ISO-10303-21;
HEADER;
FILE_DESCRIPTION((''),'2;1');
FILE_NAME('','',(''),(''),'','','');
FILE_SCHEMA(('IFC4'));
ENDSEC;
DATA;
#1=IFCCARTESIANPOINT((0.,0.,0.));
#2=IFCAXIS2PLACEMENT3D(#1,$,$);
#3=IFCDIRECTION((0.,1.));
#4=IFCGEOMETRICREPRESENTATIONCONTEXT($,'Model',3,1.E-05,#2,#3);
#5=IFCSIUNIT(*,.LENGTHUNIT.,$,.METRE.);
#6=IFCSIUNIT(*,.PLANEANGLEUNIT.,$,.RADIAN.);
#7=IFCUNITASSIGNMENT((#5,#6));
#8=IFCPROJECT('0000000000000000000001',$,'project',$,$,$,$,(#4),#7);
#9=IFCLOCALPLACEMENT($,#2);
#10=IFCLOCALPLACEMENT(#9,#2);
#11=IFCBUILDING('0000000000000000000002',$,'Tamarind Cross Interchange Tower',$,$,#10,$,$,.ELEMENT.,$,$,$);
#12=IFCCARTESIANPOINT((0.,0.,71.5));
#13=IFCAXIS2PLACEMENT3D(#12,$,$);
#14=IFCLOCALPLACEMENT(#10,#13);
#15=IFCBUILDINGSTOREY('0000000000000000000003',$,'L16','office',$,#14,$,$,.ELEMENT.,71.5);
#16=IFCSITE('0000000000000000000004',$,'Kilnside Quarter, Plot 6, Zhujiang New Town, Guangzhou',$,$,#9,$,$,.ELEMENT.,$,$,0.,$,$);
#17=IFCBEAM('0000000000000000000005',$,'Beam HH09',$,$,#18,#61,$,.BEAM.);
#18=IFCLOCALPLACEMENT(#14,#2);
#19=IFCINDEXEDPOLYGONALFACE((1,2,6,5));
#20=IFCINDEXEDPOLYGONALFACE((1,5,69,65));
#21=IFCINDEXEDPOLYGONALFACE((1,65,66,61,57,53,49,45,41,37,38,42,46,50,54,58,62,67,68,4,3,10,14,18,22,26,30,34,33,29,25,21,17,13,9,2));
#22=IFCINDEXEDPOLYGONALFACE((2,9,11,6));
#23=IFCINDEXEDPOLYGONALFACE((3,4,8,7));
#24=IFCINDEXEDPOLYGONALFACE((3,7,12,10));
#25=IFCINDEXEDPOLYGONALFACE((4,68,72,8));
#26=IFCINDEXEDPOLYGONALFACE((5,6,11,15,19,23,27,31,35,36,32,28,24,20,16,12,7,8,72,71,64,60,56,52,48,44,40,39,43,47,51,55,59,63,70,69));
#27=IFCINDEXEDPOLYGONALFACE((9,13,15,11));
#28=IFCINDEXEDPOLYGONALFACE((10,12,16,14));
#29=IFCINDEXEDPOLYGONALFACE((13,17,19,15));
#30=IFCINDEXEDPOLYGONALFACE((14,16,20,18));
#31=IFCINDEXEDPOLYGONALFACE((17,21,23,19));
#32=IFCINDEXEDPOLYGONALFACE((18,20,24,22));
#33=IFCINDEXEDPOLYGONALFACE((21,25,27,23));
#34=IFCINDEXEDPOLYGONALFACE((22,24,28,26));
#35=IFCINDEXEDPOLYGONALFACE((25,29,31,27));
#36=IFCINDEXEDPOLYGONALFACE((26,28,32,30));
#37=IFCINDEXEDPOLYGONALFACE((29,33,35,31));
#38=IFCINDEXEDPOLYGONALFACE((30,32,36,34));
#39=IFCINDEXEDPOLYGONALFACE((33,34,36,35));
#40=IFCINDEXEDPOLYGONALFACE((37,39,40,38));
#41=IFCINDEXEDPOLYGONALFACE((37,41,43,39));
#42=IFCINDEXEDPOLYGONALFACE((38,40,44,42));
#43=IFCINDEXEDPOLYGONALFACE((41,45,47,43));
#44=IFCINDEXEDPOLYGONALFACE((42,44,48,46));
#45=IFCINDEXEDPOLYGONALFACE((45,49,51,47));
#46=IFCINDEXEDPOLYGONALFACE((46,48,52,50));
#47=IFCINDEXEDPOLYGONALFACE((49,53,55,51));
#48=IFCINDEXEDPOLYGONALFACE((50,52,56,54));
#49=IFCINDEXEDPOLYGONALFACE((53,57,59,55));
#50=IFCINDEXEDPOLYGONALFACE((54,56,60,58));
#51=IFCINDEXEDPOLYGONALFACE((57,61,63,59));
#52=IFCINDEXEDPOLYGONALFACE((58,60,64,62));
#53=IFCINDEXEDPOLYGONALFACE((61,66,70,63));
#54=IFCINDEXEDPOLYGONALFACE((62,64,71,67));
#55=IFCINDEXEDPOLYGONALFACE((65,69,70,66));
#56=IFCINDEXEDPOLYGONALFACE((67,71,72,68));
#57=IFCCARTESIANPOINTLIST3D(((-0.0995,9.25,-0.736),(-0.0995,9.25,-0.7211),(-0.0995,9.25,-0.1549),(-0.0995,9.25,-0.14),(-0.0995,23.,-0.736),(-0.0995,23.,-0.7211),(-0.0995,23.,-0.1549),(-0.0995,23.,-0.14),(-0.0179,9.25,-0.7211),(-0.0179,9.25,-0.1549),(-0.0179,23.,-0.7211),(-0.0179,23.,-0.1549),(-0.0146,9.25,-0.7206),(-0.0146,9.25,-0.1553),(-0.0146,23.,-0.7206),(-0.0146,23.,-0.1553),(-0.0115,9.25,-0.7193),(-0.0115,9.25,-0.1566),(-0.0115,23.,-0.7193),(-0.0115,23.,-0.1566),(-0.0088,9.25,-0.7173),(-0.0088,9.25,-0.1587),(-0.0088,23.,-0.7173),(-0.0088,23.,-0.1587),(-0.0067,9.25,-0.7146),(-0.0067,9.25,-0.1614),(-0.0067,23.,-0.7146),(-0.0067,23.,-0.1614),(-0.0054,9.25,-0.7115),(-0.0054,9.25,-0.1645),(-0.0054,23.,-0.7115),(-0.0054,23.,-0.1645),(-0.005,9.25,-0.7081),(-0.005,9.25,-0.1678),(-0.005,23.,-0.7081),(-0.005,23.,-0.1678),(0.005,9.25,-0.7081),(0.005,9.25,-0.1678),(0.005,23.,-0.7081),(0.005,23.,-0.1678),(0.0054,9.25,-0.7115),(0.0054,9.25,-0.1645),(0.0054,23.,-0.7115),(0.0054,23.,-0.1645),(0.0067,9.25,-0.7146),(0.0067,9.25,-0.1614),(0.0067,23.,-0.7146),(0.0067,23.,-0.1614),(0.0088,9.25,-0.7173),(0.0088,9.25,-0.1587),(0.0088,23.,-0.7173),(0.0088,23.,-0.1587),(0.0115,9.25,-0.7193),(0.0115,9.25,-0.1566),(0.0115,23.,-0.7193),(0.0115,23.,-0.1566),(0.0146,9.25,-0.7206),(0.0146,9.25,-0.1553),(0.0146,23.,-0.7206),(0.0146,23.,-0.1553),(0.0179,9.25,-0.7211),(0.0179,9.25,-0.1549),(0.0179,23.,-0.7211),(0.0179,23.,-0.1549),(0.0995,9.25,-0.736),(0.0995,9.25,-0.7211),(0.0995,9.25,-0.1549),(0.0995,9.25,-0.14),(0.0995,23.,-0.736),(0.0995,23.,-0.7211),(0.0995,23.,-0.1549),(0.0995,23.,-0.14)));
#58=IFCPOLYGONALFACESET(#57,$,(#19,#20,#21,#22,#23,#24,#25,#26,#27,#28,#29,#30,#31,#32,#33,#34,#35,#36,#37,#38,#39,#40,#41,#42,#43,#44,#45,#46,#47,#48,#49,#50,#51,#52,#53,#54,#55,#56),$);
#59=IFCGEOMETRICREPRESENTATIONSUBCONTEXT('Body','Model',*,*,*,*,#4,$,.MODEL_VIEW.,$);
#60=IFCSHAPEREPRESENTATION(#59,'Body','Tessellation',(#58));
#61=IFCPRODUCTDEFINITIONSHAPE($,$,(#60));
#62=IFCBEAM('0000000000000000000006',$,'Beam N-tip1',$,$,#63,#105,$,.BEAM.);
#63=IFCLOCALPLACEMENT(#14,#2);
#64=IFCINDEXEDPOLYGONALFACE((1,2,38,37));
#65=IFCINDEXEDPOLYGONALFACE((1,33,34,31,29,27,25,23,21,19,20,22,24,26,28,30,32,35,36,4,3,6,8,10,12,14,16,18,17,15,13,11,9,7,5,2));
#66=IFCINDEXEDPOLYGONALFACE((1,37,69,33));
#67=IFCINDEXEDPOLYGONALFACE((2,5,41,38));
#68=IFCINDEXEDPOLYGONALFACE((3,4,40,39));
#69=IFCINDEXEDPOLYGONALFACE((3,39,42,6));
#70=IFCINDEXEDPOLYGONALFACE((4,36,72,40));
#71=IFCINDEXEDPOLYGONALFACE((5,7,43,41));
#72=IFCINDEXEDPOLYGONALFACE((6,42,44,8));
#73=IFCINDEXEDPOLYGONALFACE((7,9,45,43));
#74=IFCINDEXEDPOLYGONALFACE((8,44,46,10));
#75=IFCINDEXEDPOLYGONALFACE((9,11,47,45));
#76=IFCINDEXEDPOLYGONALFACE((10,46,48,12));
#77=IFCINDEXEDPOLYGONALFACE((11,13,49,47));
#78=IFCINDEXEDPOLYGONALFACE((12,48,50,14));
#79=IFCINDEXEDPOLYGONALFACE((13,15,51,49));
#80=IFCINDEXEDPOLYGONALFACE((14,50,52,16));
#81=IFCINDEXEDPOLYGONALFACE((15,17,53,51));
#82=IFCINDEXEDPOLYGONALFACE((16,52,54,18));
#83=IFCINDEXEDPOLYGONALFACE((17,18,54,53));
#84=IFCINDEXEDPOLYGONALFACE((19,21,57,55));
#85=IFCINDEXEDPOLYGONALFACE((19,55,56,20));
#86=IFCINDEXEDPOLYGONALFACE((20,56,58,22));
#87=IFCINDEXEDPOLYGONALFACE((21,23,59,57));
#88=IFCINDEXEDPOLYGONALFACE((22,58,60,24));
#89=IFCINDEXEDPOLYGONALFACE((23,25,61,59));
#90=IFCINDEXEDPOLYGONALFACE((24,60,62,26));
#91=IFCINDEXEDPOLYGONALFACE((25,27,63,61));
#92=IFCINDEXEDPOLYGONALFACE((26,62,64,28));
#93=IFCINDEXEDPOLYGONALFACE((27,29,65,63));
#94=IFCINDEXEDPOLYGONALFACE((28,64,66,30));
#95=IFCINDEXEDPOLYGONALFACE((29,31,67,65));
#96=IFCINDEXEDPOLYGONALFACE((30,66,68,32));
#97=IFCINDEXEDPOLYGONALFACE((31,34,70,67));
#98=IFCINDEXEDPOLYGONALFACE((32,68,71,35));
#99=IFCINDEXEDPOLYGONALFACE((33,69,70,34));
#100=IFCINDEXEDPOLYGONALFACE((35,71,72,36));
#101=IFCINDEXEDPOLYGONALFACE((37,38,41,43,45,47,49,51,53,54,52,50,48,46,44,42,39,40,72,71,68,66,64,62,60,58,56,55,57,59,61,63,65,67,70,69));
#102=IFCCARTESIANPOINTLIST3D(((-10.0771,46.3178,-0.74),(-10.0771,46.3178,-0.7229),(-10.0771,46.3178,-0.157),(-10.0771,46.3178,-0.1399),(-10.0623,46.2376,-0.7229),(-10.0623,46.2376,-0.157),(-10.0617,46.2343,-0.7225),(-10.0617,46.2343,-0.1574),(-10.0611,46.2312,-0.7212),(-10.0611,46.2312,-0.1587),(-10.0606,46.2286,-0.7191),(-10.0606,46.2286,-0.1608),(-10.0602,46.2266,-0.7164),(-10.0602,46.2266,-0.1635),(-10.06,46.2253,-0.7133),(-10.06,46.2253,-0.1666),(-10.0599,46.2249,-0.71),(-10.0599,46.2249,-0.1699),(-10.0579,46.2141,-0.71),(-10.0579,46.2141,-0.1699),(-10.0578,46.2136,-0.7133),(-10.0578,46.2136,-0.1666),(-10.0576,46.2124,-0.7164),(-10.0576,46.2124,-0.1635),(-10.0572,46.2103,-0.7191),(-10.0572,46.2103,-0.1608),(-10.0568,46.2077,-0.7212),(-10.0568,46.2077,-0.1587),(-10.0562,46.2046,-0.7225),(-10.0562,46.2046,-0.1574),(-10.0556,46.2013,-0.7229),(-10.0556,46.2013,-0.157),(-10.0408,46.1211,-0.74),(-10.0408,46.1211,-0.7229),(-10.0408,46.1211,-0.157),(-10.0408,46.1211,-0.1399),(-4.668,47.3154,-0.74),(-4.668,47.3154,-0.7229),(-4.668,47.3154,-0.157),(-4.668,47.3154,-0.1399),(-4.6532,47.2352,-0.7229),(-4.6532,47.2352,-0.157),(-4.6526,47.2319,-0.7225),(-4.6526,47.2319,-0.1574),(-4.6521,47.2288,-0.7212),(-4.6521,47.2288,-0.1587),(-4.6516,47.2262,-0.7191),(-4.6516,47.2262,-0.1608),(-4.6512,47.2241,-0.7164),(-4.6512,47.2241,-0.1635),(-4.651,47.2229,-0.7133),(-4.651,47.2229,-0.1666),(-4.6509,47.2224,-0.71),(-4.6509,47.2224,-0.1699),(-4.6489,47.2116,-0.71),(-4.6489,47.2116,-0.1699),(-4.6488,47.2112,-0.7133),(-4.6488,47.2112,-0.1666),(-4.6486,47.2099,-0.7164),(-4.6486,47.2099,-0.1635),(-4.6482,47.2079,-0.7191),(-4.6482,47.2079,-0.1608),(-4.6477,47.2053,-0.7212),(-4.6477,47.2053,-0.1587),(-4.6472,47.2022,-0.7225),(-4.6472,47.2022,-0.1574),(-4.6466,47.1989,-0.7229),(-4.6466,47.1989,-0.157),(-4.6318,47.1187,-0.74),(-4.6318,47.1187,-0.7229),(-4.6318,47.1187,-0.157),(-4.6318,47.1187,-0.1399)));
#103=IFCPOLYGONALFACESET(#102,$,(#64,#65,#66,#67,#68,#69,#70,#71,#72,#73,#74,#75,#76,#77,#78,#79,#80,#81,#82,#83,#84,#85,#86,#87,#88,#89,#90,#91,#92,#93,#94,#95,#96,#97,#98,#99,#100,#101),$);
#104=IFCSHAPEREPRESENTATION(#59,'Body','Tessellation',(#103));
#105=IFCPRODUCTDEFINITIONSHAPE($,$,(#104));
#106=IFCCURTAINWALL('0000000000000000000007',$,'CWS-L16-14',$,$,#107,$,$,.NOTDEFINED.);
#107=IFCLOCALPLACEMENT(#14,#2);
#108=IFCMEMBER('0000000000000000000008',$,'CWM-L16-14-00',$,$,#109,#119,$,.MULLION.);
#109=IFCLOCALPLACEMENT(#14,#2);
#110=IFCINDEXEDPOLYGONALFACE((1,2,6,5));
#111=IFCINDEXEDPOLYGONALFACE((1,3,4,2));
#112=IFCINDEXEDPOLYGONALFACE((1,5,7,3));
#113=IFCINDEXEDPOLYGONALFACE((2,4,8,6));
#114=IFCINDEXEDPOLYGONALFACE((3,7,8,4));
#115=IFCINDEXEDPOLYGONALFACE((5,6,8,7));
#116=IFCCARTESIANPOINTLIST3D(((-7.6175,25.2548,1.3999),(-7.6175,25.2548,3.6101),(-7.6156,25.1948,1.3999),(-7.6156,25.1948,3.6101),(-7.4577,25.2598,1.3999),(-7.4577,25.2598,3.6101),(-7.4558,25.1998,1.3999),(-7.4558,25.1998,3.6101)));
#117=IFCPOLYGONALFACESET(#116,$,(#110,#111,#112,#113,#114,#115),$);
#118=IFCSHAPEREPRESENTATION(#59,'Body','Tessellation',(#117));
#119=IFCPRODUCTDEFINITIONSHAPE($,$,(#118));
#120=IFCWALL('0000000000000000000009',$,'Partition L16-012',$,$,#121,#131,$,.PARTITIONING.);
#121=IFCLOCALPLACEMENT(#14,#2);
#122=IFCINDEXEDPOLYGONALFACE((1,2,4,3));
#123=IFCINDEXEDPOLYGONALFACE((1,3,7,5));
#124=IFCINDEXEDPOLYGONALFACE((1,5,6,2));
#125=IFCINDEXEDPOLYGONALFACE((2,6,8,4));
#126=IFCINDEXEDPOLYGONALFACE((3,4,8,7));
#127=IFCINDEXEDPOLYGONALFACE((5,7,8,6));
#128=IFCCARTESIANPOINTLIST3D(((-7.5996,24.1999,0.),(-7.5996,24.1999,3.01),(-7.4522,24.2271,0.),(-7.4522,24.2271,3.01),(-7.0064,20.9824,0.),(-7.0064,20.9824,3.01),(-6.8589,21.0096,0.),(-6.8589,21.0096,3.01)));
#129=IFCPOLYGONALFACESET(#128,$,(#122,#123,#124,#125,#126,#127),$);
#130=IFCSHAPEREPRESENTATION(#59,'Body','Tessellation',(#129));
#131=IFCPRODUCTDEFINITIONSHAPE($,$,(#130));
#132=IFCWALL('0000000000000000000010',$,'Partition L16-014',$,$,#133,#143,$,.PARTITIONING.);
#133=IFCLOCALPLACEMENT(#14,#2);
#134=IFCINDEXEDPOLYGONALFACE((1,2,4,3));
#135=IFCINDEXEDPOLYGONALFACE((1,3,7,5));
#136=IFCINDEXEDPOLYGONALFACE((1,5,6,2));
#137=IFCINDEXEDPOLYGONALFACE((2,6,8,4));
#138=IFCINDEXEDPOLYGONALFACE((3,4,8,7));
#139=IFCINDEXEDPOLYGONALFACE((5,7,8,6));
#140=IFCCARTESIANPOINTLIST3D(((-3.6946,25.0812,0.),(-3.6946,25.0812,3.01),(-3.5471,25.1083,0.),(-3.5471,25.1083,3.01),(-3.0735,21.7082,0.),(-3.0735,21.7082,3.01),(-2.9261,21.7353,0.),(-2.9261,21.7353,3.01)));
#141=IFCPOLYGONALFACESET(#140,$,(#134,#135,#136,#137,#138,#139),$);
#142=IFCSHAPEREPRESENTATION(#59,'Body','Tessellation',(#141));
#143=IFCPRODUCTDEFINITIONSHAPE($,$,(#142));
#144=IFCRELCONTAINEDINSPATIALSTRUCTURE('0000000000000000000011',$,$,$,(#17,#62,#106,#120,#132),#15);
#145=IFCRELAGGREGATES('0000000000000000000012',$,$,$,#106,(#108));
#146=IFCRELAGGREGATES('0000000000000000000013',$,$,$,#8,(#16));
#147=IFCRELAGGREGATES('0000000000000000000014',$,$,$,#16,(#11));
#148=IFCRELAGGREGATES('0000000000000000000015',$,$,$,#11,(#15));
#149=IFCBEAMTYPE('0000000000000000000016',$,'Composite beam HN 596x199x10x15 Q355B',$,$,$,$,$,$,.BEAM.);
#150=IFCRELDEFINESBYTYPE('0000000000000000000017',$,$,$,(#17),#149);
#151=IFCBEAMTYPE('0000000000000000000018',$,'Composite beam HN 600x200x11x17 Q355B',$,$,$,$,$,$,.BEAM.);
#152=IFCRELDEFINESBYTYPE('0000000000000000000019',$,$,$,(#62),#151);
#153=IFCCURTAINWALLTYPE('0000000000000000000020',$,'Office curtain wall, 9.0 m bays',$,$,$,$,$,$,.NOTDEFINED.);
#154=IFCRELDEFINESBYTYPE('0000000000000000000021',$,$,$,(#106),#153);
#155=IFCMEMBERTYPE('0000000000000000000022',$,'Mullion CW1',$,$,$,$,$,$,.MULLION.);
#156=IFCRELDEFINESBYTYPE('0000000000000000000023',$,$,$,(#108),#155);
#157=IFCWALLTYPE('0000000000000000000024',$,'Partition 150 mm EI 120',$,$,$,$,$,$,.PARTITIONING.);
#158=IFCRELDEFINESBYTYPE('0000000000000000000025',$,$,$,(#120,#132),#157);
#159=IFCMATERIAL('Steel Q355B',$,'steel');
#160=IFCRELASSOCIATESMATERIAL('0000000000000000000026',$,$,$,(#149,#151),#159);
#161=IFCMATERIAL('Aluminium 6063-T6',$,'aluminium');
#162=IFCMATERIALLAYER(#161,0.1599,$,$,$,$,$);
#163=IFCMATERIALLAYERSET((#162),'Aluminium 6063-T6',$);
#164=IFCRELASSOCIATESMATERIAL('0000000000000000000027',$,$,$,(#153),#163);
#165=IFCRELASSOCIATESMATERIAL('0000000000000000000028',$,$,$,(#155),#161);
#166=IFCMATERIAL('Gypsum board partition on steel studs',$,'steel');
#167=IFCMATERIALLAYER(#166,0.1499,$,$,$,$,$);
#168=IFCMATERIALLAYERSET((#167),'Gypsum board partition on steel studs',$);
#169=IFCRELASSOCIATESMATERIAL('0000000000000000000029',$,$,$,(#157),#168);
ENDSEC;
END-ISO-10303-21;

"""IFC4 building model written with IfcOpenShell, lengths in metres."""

from ifc_helpers import new_model, si_unit, direction, frame, frame_2d, origin, origin_2d, place, context, subcontext, project, spatial, rectangle, i_section, extrude, material, layer, layer_set, material_profile, profile_set, type_object, element, aggregate, save


model = new_model("IFC4")

# Units and contexts
model_context = context("Model", 3, precision=1e-05, world=origin(), true_north=direction((0.0, 1.0)))
body_context = subcontext(model_context, "Body", "Model", "MODEL_VIEW")
ifc_project = project(units=[si_unit("LENGTHUNIT", "METRE"), si_unit("PLANEANGLEUNIT", "RADIAN")], contexts=[model_context])

# Site, building, storey
site_placement = place(None, origin())
site = spatial("IfcSite", under=ifc_project, at=site_placement, Name="Kilnside Quarter, Plot 6, Zhujiang New Town, Guangzhou", CompositionType="ELEMENT", RefElevation=0.0)
building_placement = place(site_placement, origin())
building = spatial("IfcBuilding", under=site, at=building_placement, Name="Tamarind Cross Interchange Tower", CompositionType="ELEMENT")
storey_placement = place(building_placement, frame((0.0, 0.0, 71.5)))
storey = spatial("IfcBuildingStorey", under=building, at=storey_placement, Name="L16", Description="office", CompositionType="ELEMENT", Elevation=71.5)

# Beams
ifc_material_1 = material(Name="Steel Q355B", Category="steel")
ifc_material_profile_1 = material_profile(ifc_material_1, i_section(OverallWidth=0.199, OverallDepth=0.5959, WebThickness=0.01, FlangeThickness=0.0149, FilletRadius=0.0129, at=origin_2d()), Name="HN 596x199x10x15")
ifc_profile_set_1 = profile_set([ifc_material_profile_1], Name="Steel Q355B")
beam_type_1 = type_object("IfcBeamType", Name="Composite beam HN 596x199x10x15 Q355B", PredefinedType="BEAM", material=ifc_profile_set_1)
beam_1_placement = place(storey_placement, frame((0.0, 23.0, -0.438), z_axis=(0.0, -1.0, 0.0), x_axis=(1.0, 0.0, 0.0)))
element("IfcBeam", 1, at=beam_1_placement, inside=storey, type_object=beam_type_1, Name="Beam HH09", PredefinedType="BEAM", context=body_context, shape_type="SweptSolid", body=[
    extrude(i_section(OverallWidth=0.199, OverallDepth=0.5959, WebThickness=0.01, FlangeThickness=0.0149, FilletRadius=0.0129, at=origin_2d()), origin(), (0.0, 0.0, 1.0), 13.75),
])
ifc_material_profile_2 = material_profile(ifc_material_1, i_section(OverallWidth=0.2, OverallDepth=0.6001, WebThickness=0.011, FlangeThickness=0.0171, FilletRadius=0.0129, at=origin_2d()), Name="HN 600x200x11x17")
ifc_profile_set_2 = profile_set([ifc_material_profile_2], Name="Steel Q355B")
beam_type_2 = type_object("IfcBeamType", Name="Composite beam HN 600x200x11x17 Q355B", PredefinedType="BEAM", material=ifc_profile_set_2)
beam_2_placement = place(storey_placement, frame((-4.6499, 47.217, -0.4399), z_axis=(-0.983415, -0.181369, 0.0), x_axis=(0.181369, -0.983415, 0.0)))
element("IfcBeam", 2, at=beam_2_placement, inside=storey, type_object=beam_type_2, Name="Beam N-tip1", PredefinedType="BEAM", context=body_context, shape_type="SweptSolid", body=[
    extrude(i_section(OverallWidth=0.2, OverallDepth=0.6001, WebThickness=0.011, FlangeThickness=0.0171, FilletRadius=0.0129, at=origin_2d()), origin(), (0.0, 0.0, 1.0), 5.5002),
])

# Curtain wall, member
ifc_material_2 = material(Name="Aluminium 6063-T6", Category="aluminium")
ifc_layer_1 = layer(ifc_material_2, 0.1599)
ifc_layer_set_1 = layer_set([ifc_layer_1], Name="Aluminium 6063-T6")
curtain_wall_type = type_object("IfcCurtainWallType", Name="Office curtain wall, 9.0 m bays", PredefinedType="NOTDEFINED", material=ifc_layer_set_1)
curtain_wall_placement = place(storey_placement, origin())
curtain_wall = element("IfcCurtainWall", 3, at=curtain_wall_placement, inside=storey, type_object=curtain_wall_type, Name="CWS-L16-14", PredefinedType="NOTDEFINED")
ifc_material_profile_3 = material_profile(ifc_material_2, rectangle(XDim=0.0601, YDim=0.1599, at=origin_2d()), Name="Mullion CW1")
ifc_profile_set_3 = profile_set([ifc_material_profile_3], Name="Aluminium 6063-T6")
member_type = type_object("IfcMemberType", Name="Mullion CW1", PredefinedType="MULLION", material=ifc_profile_set_3)
member_placement = place(storey_placement, frame((-7.5366, 25.2273, 1.3999), z_axis=(0.0, 0.0, 1.0), x_axis=(0.031515, -0.999503, 0.0)))
member = element("IfcMember", 4, at=member_placement, type_object=member_type, Name="CWM-L16-14-00", PredefinedType="MULLION", context=body_context, shape_type="SweptSolid", body=[
    extrude(rectangle(XDim=0.0601, YDim=0.1599, at=origin_2d()), origin(), (0.0, 0.0, 1.0), 2.2102),
])
aggregate(curtain_wall, [member])

# Walls
ifc_material_3 = material(Name="Gypsum board partition on steel studs", Category="steel")
ifc_layer_2 = layer(ifc_material_3, 0.1499)
ifc_layer_set_2 = layer_set([ifc_layer_2], Name="Gypsum board partition on steel studs")
wall_type_1 = type_object("IfcWallType", Name="Partition 150 mm EI 120", PredefinedType="PARTITIONING", material=ifc_layer_set_2)
wall_1_placement = place(storey_placement, frame((-7.5259, 24.2134, 0.0), z_axis=(0.0, 0.0, 1.0), x_axis=(0.181328, -0.983423, 0.0)))
element("IfcWall", 5, at=wall_1_placement, inside=storey, type_object=wall_type_1, Name="Partition L16-012", PredefinedType="PARTITIONING", context=body_context, shape_type="SweptSolid", body=[
    extrude(rectangle(XDim=3.2717, YDim=0.1499, at=frame_2d((1.6357, 0.0))), origin(), (0.0, 0.0, 1.0), 3.01),
])
wall_2_placement = place(storey_placement, frame((-3.6208, 25.0947, 0.0), z_axis=(0.0, 0.0, 1.0), x_axis=(0.18109, -0.983467, 0.0)))
element("IfcWall", 6, at=wall_2_placement, inside=storey, type_object=wall_type_1, Name="Partition L16-014", PredefinedType="PARTITIONING", context=body_context, shape_type="SweptSolid", body=[
    extrude(rectangle(XDim=3.4297, YDim=0.1499, at=frame_2d((1.7148, 0.0))), origin(), (0.0, 0.0, 1.0), 3.01),
])

save(model, "model.ifc")
